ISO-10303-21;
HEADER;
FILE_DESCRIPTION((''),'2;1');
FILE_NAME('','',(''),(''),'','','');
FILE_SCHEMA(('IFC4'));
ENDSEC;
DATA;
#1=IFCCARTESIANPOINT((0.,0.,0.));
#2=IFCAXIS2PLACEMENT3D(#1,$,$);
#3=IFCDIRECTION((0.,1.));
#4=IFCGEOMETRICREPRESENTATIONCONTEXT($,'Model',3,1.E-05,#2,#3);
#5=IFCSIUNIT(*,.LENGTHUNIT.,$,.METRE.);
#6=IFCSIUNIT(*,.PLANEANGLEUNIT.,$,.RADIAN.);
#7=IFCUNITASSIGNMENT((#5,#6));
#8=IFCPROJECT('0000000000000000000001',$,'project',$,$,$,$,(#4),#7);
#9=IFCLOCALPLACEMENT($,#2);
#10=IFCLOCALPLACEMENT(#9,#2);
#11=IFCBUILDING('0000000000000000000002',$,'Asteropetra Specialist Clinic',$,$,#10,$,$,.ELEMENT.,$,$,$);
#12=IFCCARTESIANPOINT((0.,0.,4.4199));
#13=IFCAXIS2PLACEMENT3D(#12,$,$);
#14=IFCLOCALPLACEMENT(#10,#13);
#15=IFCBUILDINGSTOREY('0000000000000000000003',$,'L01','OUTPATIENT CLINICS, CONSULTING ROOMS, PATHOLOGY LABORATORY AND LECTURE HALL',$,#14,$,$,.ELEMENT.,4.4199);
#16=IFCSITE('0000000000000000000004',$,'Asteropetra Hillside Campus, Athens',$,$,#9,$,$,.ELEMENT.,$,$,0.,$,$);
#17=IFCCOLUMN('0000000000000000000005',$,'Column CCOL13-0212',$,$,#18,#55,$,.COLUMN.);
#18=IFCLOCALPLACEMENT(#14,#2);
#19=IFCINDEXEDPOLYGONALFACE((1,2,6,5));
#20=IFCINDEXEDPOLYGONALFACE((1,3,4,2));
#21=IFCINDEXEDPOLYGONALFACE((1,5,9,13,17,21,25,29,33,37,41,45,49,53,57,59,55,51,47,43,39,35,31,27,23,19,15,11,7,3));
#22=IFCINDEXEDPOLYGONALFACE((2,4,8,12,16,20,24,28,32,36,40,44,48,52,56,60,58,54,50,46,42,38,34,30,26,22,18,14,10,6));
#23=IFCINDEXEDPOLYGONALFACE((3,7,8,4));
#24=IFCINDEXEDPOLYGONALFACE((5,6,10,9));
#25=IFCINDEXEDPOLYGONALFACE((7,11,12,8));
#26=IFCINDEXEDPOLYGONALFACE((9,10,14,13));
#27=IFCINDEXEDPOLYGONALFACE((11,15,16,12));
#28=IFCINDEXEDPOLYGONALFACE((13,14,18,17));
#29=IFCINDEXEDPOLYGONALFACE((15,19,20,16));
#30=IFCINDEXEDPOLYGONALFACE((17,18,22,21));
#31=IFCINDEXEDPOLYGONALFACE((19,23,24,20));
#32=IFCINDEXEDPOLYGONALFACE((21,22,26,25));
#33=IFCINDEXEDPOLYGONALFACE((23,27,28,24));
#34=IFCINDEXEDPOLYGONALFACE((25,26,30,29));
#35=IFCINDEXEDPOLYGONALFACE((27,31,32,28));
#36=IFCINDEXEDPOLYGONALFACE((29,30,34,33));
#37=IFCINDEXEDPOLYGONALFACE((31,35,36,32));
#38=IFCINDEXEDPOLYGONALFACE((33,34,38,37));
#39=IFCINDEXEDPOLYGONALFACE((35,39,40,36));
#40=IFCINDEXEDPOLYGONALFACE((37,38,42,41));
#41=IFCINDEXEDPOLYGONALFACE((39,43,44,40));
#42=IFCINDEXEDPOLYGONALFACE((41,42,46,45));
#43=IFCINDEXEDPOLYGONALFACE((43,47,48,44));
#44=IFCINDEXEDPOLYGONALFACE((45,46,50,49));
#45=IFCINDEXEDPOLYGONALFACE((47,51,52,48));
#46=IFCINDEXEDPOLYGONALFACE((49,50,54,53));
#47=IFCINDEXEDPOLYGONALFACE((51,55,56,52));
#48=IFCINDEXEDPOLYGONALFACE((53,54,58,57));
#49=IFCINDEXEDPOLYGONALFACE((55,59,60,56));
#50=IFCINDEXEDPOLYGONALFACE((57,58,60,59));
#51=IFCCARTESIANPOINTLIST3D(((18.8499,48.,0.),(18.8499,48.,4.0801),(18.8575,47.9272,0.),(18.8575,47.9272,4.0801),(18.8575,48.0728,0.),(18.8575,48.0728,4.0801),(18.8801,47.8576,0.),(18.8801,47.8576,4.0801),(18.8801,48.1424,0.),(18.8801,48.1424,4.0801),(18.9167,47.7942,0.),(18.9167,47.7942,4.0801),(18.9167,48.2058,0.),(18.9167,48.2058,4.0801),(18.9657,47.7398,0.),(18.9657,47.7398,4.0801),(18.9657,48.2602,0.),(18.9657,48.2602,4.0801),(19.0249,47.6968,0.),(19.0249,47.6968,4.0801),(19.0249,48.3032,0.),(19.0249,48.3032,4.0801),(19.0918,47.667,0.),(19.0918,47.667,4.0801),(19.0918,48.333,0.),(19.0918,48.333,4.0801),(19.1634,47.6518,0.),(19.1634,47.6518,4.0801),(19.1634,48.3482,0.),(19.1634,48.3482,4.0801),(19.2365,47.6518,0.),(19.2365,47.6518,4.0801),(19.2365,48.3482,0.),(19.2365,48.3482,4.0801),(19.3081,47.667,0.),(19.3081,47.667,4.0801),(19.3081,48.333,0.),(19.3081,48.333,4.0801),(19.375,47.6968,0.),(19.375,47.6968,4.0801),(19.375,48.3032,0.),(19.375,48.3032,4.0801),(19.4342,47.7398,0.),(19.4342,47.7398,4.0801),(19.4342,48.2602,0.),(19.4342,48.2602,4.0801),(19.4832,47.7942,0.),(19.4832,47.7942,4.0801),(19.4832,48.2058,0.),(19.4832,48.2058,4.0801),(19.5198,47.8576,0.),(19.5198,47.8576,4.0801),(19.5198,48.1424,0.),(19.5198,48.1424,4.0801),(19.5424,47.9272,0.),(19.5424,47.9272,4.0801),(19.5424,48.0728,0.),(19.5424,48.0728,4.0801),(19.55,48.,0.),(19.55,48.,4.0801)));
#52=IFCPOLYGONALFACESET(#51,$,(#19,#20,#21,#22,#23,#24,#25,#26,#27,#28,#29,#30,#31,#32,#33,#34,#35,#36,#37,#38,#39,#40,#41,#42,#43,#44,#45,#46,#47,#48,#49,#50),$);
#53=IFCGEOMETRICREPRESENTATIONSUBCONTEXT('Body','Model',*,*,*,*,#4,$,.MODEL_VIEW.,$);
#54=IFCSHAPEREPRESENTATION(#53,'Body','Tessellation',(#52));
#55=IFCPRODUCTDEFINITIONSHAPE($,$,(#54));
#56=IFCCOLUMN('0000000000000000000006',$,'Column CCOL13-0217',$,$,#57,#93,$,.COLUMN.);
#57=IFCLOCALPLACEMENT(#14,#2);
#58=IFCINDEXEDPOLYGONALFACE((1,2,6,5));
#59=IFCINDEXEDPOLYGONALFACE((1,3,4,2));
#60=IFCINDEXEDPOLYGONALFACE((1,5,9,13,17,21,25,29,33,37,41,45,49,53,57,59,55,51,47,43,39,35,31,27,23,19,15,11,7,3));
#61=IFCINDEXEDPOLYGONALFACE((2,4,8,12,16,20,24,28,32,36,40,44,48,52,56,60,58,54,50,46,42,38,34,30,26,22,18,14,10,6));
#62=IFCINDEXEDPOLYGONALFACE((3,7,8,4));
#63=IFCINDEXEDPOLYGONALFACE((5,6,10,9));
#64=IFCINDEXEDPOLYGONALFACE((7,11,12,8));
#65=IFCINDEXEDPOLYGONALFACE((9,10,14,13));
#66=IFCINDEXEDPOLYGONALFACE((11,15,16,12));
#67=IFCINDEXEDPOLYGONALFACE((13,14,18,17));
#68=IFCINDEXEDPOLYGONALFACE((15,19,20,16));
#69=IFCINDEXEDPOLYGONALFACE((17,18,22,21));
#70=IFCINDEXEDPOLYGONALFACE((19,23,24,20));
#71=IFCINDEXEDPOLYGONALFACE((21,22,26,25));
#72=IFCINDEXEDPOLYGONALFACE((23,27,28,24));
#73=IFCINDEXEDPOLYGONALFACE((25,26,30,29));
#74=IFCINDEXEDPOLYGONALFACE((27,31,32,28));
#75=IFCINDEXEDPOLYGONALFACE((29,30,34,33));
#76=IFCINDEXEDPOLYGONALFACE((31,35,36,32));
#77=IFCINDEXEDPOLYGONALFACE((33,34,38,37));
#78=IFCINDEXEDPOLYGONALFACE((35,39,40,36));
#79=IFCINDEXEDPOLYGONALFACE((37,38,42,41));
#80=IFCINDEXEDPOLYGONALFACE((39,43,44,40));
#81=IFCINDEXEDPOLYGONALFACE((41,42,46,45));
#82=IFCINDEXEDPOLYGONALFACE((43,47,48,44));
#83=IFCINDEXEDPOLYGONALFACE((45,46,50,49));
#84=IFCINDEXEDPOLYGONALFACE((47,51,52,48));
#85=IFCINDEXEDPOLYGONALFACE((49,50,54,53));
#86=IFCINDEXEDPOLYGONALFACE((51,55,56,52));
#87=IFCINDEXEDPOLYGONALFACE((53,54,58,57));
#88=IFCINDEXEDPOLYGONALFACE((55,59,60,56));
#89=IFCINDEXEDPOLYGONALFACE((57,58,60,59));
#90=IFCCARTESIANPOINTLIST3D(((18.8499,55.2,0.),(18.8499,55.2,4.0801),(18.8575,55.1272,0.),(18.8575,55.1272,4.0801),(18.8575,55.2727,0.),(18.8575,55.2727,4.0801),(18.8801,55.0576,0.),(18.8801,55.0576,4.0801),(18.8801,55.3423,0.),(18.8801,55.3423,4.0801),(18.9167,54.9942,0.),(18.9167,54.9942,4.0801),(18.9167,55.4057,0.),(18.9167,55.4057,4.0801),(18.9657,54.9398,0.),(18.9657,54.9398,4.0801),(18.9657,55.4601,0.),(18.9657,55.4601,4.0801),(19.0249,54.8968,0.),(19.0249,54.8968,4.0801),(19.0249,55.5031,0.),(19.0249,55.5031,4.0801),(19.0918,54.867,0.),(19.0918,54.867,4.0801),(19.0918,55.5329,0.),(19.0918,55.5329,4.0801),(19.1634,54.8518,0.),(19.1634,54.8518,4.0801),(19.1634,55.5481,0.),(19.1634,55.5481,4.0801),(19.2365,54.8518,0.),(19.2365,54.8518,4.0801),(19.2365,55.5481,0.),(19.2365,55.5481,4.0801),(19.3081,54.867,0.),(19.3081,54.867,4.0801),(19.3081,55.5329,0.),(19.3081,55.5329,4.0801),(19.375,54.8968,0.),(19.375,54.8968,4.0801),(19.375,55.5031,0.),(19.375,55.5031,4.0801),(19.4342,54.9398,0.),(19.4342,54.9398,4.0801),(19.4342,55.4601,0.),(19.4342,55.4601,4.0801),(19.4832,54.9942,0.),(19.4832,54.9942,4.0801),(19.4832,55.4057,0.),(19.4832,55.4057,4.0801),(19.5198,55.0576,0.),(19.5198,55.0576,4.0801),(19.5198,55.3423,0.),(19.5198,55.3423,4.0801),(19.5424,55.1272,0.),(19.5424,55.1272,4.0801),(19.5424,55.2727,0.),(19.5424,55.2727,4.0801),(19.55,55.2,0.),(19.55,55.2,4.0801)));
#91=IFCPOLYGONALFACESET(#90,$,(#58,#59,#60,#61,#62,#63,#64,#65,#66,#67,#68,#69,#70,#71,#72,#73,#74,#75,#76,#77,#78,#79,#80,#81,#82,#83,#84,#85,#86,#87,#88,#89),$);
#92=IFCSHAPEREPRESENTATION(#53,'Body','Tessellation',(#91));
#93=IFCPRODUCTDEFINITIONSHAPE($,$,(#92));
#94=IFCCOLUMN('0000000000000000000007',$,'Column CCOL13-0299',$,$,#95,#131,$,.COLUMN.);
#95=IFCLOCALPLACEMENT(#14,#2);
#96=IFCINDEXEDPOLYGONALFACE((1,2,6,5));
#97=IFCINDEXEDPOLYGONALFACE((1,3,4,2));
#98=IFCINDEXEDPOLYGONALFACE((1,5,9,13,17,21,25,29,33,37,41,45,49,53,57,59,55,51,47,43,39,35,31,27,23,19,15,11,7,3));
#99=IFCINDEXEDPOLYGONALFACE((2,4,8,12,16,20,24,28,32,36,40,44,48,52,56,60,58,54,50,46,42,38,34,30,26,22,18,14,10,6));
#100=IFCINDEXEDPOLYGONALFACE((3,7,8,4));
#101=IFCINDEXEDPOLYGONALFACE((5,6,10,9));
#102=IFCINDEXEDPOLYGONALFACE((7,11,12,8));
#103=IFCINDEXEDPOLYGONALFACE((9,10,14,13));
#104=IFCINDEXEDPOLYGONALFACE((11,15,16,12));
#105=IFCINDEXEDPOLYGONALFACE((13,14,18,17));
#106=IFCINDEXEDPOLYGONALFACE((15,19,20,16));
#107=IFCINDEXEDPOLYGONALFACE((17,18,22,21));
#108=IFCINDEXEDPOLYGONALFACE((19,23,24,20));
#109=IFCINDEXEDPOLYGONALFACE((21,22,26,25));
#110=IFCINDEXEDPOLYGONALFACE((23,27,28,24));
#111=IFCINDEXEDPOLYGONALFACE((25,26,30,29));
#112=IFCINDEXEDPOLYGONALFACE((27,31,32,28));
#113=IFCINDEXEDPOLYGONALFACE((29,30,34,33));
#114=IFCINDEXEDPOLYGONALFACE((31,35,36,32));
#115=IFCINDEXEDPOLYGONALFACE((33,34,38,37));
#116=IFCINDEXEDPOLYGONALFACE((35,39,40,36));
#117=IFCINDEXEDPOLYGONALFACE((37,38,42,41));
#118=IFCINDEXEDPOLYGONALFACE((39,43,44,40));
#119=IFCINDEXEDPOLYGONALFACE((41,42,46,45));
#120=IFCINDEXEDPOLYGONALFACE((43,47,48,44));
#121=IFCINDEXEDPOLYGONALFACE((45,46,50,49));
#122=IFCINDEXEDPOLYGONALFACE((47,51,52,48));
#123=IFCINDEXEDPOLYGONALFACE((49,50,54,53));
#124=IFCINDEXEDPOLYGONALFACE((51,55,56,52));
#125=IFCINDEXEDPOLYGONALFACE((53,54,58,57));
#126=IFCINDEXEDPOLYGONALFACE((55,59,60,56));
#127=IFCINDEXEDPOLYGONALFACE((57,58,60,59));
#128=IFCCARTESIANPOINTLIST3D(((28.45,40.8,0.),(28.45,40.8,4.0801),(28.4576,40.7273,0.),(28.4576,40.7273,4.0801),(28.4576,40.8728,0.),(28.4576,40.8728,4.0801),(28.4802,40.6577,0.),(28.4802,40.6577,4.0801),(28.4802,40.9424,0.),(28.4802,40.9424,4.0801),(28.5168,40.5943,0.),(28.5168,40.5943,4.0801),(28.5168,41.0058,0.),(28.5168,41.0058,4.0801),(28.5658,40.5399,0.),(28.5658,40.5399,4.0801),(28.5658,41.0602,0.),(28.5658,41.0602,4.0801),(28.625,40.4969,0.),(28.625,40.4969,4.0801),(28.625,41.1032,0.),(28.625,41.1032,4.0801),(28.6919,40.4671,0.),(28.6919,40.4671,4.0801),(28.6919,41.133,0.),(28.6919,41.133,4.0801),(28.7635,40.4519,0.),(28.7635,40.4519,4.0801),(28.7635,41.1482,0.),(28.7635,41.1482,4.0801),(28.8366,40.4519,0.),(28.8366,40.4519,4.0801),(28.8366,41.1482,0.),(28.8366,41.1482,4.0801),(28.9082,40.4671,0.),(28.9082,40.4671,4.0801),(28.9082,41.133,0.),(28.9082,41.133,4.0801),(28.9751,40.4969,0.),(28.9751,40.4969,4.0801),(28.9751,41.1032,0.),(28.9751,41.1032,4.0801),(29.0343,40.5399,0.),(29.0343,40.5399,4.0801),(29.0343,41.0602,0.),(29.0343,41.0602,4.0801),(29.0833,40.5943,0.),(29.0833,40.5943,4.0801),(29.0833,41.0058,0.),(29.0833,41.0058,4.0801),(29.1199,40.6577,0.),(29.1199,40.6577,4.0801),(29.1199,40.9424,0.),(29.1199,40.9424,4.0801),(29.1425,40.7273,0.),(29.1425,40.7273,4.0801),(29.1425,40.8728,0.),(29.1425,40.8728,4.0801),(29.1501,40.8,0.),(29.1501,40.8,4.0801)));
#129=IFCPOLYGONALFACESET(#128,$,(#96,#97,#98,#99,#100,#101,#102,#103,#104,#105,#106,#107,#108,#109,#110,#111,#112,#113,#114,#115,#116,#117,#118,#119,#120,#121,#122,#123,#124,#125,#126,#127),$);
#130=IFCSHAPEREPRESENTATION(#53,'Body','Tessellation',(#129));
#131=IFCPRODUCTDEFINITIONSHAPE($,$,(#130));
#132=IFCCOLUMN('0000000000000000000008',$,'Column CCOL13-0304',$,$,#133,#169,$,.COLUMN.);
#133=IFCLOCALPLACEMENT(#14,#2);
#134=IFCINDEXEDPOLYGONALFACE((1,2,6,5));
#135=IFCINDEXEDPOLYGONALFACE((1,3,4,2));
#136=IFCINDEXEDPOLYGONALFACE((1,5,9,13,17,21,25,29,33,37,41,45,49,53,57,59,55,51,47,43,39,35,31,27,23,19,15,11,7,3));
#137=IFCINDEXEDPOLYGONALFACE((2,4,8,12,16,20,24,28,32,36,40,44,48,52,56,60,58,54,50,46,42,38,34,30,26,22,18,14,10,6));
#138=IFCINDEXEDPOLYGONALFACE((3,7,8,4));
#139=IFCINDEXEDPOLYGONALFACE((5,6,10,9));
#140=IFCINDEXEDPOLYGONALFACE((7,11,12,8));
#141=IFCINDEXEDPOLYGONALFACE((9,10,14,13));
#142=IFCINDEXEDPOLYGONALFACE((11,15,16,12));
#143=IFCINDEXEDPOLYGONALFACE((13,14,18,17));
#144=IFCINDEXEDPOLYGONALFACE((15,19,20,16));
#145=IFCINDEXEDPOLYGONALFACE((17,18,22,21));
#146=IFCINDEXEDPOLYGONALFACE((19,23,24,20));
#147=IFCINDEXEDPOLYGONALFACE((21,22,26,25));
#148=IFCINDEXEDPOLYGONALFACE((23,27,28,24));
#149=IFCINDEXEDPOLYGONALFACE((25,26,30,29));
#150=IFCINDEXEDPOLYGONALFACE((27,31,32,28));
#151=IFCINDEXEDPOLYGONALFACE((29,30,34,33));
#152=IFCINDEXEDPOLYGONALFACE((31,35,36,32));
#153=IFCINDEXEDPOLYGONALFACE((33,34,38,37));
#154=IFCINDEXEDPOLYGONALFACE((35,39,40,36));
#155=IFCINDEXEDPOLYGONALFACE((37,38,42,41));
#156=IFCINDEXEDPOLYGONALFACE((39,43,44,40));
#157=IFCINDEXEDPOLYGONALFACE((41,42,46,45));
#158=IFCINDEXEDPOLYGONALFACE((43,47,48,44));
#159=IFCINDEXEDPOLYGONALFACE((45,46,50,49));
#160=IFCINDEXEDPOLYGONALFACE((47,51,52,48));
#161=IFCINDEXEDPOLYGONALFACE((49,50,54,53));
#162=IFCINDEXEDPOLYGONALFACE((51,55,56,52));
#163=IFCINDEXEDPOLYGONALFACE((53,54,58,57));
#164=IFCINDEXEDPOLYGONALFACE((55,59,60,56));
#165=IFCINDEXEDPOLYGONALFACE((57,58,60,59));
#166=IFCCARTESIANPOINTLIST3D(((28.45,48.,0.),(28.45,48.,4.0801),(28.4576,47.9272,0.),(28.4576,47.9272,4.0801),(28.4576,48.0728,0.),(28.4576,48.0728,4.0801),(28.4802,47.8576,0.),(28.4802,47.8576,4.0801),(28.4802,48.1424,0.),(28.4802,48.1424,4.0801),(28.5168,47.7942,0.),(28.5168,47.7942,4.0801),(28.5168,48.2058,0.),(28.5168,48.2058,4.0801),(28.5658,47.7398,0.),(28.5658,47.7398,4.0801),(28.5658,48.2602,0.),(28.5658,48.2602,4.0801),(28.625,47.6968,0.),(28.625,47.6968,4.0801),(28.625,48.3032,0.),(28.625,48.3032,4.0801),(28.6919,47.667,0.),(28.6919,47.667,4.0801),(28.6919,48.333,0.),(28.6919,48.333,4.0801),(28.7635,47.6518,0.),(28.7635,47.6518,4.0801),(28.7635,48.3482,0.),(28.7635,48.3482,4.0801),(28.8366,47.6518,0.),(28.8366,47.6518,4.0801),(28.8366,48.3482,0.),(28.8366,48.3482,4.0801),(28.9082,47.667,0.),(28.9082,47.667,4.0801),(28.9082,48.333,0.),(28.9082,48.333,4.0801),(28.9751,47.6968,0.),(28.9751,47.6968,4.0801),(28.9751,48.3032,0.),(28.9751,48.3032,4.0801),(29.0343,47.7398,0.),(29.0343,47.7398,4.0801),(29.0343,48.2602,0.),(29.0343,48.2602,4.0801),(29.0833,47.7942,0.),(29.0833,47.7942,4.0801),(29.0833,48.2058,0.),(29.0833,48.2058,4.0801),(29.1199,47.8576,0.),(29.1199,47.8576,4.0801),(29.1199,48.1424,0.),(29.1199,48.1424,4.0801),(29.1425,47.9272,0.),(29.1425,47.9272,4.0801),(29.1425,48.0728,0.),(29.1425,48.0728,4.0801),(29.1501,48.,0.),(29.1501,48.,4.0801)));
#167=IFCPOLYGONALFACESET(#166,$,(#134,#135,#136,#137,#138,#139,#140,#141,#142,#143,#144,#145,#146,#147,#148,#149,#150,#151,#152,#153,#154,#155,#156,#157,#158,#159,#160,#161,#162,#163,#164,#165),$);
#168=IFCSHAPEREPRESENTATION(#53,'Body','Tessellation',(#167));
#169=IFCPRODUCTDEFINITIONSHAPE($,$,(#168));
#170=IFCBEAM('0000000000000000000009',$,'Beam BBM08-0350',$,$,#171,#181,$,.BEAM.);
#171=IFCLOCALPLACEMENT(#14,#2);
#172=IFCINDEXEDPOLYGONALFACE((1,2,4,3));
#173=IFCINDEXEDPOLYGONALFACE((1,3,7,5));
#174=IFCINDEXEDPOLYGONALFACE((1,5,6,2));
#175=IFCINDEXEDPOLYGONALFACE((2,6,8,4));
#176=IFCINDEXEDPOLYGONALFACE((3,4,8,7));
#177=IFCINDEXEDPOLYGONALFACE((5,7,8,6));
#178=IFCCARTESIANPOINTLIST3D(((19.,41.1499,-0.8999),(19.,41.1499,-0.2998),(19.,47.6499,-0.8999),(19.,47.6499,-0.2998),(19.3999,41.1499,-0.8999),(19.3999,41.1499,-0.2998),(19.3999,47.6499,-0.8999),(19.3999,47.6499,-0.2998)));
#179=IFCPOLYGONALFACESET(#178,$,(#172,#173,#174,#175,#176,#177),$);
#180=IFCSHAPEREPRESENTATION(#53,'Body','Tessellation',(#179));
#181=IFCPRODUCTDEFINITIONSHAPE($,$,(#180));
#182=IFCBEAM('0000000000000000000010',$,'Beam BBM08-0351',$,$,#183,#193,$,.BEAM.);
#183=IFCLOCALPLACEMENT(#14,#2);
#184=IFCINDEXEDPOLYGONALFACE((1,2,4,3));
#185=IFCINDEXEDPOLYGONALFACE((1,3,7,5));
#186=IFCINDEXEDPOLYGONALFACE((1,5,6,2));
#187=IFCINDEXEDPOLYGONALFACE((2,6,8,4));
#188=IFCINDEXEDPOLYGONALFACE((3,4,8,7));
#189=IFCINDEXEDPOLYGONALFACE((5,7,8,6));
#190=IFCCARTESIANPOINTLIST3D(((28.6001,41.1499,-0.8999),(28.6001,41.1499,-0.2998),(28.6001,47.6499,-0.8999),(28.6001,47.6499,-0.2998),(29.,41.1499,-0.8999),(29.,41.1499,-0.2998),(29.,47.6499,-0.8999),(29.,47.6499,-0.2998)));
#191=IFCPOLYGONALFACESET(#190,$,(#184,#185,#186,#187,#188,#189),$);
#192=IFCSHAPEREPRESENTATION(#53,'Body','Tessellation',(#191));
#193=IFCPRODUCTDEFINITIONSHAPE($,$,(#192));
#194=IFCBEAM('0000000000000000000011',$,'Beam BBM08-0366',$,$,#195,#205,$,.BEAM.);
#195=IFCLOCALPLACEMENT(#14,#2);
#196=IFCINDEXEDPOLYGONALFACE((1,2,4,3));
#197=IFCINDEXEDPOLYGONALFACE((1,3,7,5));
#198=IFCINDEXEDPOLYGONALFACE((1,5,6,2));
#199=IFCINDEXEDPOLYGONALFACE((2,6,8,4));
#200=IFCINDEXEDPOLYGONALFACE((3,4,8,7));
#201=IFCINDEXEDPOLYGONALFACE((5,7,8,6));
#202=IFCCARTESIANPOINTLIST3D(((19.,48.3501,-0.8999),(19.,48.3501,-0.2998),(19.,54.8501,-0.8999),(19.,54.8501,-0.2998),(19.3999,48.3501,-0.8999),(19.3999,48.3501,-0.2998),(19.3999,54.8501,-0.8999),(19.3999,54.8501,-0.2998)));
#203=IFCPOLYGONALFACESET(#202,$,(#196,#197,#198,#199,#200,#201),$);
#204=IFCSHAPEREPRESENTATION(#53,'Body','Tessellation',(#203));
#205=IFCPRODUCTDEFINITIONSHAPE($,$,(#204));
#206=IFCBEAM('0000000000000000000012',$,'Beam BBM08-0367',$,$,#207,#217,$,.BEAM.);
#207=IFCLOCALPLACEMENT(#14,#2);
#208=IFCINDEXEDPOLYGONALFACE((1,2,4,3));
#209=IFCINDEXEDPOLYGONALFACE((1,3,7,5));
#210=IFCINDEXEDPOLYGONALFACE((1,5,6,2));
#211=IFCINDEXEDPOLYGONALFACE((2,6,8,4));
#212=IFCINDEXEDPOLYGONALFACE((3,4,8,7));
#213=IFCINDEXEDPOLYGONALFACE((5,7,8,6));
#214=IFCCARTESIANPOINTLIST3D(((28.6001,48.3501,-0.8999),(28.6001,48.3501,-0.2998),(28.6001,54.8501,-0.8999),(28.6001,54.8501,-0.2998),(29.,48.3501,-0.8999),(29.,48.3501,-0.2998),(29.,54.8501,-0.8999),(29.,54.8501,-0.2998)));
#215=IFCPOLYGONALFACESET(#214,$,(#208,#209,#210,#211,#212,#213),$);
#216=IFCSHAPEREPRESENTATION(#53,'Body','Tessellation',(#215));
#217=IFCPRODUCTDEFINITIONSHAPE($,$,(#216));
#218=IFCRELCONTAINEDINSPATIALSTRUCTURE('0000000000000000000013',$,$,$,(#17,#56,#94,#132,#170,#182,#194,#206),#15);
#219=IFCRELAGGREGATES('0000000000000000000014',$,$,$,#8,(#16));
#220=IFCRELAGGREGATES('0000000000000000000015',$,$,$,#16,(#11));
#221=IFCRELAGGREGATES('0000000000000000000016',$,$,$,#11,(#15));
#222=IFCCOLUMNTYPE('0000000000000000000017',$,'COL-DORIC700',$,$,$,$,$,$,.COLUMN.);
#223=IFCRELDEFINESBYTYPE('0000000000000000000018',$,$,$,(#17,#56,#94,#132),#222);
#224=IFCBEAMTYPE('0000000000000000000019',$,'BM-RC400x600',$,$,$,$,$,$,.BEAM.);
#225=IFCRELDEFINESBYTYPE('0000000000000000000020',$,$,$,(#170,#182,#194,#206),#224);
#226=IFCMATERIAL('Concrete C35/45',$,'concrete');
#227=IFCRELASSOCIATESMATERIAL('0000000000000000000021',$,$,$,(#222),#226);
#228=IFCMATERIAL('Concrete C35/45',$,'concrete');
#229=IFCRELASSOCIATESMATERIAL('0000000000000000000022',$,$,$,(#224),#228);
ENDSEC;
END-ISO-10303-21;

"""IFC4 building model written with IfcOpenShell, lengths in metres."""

from ifc_helpers import new_model, si_unit, direction, frame, origin, origin_2d, place, context, subcontext, project, spatial, rectangle, circle, extrude, material, material_profile, profile_set, type_object, element, save


model = new_model("IFC4")

# Units and contexts
model_context = context("Model", 3, precision=1e-05, world=origin(), true_north=direction((0.0, 1.0)))
body_context = subcontext(model_context, "Body", "Model", "MODEL_VIEW")
ifc_project = project(units=[si_unit("LENGTHUNIT", "METRE"), si_unit("PLANEANGLEUNIT", "RADIAN")], contexts=[model_context])

# Site, building, storey
site_placement = place(None, origin())
site = spatial("IfcSite", under=ifc_project, at=site_placement, Name="Asteropetra Hillside Campus, Athens", CompositionType="ELEMENT", RefElevation=0.0)
building_placement = place(site_placement, origin())
building = spatial("IfcBuilding", under=site, at=building_placement, Name="Asteropetra Specialist Clinic", CompositionType="ELEMENT")
storey_placement = place(building_placement, frame((0.0, 0.0, 4.4199)))
storey = spatial("IfcBuildingStorey", under=building, at=storey_placement, Name="L01", Description="OUTPATIENT CLINICS, CONSULTING ROOMS, PATHOLOGY LABORATORY AND LECTURE HALL", CompositionType="ELEMENT", Elevation=4.4199)

# Columns
ifc_material_1 = material(Name="Concrete C35/45", Category="concrete")
ifc_material_profile_1 = material_profile(ifc_material_1, circle(Radius=0.3501, at=origin_2d()), Name="RCC D700")
ifc_profile_set_1 = profile_set([ifc_material_profile_1], Name="Concrete C35/45")
column_type = type_object("IfcColumnType", Name="COL-DORIC700", PredefinedType="COLUMN", material=ifc_profile_set_1)
for number, where, z_axis, x_axis, name in (
    (1, (19.2, 48.0, 0.0), (0.0, 0.0, 1.0), (1.0, 0.0, 0.0), "Column CCOL13-0212"),
    (2, (19.2, 55.2, 0.0), (0.0, 0.0, 1.0), (1.0, 0.0, 0.0), "Column CCOL13-0217"),
    (3, (28.8, 40.8, 0.0), (0.0, 0.0, 1.0), (1.0, 0.0, 0.0), "Column CCOL13-0299"),
    (4, (28.8, 48.0, 0.0), (0.0, 0.0, 1.0), (1.0, 0.0, 0.0), "Column CCOL13-0304"),
):
    element("IfcColumn", number, at=place(storey_placement, frame(where, z_axis=z_axis, x_axis=x_axis)), inside=storey, type_object=column_type, Name=name, PredefinedType="COLUMN", context=body_context, shape_type="SweptSolid", body=[
        extrude(circle(Radius=0.3501, at=origin_2d()), origin(), (0.0, 0.0, 1.0), 4.0801),
    ])

# Beams
ifc_material_2 = material(Name="Concrete C35/45", Category="concrete")
ifc_material_profile_2 = material_profile(ifc_material_2, rectangle(XDim=0.3999, YDim=0.6001, at=origin_2d()), Name="RCB 400x600")
ifc_profile_set_2 = profile_set([ifc_material_profile_2], Name="Concrete C35/45")
beam_type_1 = type_object("IfcBeamType", Name="BM-RC400x600", PredefinedType="BEAM", material=ifc_profile_set_2)
for number, where, z_axis, x_axis, name in (
    (5, (19.2, 41.1499, -0.5999), (0.0, 1.0, 0.0), (-1.0, 0.0, 0.0), "Beam BBM08-0350"),
    (6, (28.8, 41.1499, -0.5999), (0.0, 1.0, 0.0), (-1.0, 0.0, 0.0), "Beam BBM08-0351"),
    (7, (19.2, 48.3501, -0.5999), (0.0, 1.0, 0.0), (-1.0, 0.0, 0.0), "Beam BBM08-0366"),
    (8, (28.8, 48.3501, -0.5999), (0.0, 1.0, 0.0), (-1.0, 0.0, 0.0), "Beam BBM08-0367"),
):
    element("IfcBeam", number, at=place(storey_placement, frame(where, z_axis=z_axis, x_axis=x_axis)), inside=storey, type_object=beam_type_1, Name=name, PredefinedType="BEAM", context=body_context, shape_type="SweptSolid", body=[
        extrude(rectangle(XDim=0.3999, YDim=0.6001, at=origin_2d()), origin(), (0.0, 0.0, 1.0), 6.5),
    ])

save(model, "model.ifc")
